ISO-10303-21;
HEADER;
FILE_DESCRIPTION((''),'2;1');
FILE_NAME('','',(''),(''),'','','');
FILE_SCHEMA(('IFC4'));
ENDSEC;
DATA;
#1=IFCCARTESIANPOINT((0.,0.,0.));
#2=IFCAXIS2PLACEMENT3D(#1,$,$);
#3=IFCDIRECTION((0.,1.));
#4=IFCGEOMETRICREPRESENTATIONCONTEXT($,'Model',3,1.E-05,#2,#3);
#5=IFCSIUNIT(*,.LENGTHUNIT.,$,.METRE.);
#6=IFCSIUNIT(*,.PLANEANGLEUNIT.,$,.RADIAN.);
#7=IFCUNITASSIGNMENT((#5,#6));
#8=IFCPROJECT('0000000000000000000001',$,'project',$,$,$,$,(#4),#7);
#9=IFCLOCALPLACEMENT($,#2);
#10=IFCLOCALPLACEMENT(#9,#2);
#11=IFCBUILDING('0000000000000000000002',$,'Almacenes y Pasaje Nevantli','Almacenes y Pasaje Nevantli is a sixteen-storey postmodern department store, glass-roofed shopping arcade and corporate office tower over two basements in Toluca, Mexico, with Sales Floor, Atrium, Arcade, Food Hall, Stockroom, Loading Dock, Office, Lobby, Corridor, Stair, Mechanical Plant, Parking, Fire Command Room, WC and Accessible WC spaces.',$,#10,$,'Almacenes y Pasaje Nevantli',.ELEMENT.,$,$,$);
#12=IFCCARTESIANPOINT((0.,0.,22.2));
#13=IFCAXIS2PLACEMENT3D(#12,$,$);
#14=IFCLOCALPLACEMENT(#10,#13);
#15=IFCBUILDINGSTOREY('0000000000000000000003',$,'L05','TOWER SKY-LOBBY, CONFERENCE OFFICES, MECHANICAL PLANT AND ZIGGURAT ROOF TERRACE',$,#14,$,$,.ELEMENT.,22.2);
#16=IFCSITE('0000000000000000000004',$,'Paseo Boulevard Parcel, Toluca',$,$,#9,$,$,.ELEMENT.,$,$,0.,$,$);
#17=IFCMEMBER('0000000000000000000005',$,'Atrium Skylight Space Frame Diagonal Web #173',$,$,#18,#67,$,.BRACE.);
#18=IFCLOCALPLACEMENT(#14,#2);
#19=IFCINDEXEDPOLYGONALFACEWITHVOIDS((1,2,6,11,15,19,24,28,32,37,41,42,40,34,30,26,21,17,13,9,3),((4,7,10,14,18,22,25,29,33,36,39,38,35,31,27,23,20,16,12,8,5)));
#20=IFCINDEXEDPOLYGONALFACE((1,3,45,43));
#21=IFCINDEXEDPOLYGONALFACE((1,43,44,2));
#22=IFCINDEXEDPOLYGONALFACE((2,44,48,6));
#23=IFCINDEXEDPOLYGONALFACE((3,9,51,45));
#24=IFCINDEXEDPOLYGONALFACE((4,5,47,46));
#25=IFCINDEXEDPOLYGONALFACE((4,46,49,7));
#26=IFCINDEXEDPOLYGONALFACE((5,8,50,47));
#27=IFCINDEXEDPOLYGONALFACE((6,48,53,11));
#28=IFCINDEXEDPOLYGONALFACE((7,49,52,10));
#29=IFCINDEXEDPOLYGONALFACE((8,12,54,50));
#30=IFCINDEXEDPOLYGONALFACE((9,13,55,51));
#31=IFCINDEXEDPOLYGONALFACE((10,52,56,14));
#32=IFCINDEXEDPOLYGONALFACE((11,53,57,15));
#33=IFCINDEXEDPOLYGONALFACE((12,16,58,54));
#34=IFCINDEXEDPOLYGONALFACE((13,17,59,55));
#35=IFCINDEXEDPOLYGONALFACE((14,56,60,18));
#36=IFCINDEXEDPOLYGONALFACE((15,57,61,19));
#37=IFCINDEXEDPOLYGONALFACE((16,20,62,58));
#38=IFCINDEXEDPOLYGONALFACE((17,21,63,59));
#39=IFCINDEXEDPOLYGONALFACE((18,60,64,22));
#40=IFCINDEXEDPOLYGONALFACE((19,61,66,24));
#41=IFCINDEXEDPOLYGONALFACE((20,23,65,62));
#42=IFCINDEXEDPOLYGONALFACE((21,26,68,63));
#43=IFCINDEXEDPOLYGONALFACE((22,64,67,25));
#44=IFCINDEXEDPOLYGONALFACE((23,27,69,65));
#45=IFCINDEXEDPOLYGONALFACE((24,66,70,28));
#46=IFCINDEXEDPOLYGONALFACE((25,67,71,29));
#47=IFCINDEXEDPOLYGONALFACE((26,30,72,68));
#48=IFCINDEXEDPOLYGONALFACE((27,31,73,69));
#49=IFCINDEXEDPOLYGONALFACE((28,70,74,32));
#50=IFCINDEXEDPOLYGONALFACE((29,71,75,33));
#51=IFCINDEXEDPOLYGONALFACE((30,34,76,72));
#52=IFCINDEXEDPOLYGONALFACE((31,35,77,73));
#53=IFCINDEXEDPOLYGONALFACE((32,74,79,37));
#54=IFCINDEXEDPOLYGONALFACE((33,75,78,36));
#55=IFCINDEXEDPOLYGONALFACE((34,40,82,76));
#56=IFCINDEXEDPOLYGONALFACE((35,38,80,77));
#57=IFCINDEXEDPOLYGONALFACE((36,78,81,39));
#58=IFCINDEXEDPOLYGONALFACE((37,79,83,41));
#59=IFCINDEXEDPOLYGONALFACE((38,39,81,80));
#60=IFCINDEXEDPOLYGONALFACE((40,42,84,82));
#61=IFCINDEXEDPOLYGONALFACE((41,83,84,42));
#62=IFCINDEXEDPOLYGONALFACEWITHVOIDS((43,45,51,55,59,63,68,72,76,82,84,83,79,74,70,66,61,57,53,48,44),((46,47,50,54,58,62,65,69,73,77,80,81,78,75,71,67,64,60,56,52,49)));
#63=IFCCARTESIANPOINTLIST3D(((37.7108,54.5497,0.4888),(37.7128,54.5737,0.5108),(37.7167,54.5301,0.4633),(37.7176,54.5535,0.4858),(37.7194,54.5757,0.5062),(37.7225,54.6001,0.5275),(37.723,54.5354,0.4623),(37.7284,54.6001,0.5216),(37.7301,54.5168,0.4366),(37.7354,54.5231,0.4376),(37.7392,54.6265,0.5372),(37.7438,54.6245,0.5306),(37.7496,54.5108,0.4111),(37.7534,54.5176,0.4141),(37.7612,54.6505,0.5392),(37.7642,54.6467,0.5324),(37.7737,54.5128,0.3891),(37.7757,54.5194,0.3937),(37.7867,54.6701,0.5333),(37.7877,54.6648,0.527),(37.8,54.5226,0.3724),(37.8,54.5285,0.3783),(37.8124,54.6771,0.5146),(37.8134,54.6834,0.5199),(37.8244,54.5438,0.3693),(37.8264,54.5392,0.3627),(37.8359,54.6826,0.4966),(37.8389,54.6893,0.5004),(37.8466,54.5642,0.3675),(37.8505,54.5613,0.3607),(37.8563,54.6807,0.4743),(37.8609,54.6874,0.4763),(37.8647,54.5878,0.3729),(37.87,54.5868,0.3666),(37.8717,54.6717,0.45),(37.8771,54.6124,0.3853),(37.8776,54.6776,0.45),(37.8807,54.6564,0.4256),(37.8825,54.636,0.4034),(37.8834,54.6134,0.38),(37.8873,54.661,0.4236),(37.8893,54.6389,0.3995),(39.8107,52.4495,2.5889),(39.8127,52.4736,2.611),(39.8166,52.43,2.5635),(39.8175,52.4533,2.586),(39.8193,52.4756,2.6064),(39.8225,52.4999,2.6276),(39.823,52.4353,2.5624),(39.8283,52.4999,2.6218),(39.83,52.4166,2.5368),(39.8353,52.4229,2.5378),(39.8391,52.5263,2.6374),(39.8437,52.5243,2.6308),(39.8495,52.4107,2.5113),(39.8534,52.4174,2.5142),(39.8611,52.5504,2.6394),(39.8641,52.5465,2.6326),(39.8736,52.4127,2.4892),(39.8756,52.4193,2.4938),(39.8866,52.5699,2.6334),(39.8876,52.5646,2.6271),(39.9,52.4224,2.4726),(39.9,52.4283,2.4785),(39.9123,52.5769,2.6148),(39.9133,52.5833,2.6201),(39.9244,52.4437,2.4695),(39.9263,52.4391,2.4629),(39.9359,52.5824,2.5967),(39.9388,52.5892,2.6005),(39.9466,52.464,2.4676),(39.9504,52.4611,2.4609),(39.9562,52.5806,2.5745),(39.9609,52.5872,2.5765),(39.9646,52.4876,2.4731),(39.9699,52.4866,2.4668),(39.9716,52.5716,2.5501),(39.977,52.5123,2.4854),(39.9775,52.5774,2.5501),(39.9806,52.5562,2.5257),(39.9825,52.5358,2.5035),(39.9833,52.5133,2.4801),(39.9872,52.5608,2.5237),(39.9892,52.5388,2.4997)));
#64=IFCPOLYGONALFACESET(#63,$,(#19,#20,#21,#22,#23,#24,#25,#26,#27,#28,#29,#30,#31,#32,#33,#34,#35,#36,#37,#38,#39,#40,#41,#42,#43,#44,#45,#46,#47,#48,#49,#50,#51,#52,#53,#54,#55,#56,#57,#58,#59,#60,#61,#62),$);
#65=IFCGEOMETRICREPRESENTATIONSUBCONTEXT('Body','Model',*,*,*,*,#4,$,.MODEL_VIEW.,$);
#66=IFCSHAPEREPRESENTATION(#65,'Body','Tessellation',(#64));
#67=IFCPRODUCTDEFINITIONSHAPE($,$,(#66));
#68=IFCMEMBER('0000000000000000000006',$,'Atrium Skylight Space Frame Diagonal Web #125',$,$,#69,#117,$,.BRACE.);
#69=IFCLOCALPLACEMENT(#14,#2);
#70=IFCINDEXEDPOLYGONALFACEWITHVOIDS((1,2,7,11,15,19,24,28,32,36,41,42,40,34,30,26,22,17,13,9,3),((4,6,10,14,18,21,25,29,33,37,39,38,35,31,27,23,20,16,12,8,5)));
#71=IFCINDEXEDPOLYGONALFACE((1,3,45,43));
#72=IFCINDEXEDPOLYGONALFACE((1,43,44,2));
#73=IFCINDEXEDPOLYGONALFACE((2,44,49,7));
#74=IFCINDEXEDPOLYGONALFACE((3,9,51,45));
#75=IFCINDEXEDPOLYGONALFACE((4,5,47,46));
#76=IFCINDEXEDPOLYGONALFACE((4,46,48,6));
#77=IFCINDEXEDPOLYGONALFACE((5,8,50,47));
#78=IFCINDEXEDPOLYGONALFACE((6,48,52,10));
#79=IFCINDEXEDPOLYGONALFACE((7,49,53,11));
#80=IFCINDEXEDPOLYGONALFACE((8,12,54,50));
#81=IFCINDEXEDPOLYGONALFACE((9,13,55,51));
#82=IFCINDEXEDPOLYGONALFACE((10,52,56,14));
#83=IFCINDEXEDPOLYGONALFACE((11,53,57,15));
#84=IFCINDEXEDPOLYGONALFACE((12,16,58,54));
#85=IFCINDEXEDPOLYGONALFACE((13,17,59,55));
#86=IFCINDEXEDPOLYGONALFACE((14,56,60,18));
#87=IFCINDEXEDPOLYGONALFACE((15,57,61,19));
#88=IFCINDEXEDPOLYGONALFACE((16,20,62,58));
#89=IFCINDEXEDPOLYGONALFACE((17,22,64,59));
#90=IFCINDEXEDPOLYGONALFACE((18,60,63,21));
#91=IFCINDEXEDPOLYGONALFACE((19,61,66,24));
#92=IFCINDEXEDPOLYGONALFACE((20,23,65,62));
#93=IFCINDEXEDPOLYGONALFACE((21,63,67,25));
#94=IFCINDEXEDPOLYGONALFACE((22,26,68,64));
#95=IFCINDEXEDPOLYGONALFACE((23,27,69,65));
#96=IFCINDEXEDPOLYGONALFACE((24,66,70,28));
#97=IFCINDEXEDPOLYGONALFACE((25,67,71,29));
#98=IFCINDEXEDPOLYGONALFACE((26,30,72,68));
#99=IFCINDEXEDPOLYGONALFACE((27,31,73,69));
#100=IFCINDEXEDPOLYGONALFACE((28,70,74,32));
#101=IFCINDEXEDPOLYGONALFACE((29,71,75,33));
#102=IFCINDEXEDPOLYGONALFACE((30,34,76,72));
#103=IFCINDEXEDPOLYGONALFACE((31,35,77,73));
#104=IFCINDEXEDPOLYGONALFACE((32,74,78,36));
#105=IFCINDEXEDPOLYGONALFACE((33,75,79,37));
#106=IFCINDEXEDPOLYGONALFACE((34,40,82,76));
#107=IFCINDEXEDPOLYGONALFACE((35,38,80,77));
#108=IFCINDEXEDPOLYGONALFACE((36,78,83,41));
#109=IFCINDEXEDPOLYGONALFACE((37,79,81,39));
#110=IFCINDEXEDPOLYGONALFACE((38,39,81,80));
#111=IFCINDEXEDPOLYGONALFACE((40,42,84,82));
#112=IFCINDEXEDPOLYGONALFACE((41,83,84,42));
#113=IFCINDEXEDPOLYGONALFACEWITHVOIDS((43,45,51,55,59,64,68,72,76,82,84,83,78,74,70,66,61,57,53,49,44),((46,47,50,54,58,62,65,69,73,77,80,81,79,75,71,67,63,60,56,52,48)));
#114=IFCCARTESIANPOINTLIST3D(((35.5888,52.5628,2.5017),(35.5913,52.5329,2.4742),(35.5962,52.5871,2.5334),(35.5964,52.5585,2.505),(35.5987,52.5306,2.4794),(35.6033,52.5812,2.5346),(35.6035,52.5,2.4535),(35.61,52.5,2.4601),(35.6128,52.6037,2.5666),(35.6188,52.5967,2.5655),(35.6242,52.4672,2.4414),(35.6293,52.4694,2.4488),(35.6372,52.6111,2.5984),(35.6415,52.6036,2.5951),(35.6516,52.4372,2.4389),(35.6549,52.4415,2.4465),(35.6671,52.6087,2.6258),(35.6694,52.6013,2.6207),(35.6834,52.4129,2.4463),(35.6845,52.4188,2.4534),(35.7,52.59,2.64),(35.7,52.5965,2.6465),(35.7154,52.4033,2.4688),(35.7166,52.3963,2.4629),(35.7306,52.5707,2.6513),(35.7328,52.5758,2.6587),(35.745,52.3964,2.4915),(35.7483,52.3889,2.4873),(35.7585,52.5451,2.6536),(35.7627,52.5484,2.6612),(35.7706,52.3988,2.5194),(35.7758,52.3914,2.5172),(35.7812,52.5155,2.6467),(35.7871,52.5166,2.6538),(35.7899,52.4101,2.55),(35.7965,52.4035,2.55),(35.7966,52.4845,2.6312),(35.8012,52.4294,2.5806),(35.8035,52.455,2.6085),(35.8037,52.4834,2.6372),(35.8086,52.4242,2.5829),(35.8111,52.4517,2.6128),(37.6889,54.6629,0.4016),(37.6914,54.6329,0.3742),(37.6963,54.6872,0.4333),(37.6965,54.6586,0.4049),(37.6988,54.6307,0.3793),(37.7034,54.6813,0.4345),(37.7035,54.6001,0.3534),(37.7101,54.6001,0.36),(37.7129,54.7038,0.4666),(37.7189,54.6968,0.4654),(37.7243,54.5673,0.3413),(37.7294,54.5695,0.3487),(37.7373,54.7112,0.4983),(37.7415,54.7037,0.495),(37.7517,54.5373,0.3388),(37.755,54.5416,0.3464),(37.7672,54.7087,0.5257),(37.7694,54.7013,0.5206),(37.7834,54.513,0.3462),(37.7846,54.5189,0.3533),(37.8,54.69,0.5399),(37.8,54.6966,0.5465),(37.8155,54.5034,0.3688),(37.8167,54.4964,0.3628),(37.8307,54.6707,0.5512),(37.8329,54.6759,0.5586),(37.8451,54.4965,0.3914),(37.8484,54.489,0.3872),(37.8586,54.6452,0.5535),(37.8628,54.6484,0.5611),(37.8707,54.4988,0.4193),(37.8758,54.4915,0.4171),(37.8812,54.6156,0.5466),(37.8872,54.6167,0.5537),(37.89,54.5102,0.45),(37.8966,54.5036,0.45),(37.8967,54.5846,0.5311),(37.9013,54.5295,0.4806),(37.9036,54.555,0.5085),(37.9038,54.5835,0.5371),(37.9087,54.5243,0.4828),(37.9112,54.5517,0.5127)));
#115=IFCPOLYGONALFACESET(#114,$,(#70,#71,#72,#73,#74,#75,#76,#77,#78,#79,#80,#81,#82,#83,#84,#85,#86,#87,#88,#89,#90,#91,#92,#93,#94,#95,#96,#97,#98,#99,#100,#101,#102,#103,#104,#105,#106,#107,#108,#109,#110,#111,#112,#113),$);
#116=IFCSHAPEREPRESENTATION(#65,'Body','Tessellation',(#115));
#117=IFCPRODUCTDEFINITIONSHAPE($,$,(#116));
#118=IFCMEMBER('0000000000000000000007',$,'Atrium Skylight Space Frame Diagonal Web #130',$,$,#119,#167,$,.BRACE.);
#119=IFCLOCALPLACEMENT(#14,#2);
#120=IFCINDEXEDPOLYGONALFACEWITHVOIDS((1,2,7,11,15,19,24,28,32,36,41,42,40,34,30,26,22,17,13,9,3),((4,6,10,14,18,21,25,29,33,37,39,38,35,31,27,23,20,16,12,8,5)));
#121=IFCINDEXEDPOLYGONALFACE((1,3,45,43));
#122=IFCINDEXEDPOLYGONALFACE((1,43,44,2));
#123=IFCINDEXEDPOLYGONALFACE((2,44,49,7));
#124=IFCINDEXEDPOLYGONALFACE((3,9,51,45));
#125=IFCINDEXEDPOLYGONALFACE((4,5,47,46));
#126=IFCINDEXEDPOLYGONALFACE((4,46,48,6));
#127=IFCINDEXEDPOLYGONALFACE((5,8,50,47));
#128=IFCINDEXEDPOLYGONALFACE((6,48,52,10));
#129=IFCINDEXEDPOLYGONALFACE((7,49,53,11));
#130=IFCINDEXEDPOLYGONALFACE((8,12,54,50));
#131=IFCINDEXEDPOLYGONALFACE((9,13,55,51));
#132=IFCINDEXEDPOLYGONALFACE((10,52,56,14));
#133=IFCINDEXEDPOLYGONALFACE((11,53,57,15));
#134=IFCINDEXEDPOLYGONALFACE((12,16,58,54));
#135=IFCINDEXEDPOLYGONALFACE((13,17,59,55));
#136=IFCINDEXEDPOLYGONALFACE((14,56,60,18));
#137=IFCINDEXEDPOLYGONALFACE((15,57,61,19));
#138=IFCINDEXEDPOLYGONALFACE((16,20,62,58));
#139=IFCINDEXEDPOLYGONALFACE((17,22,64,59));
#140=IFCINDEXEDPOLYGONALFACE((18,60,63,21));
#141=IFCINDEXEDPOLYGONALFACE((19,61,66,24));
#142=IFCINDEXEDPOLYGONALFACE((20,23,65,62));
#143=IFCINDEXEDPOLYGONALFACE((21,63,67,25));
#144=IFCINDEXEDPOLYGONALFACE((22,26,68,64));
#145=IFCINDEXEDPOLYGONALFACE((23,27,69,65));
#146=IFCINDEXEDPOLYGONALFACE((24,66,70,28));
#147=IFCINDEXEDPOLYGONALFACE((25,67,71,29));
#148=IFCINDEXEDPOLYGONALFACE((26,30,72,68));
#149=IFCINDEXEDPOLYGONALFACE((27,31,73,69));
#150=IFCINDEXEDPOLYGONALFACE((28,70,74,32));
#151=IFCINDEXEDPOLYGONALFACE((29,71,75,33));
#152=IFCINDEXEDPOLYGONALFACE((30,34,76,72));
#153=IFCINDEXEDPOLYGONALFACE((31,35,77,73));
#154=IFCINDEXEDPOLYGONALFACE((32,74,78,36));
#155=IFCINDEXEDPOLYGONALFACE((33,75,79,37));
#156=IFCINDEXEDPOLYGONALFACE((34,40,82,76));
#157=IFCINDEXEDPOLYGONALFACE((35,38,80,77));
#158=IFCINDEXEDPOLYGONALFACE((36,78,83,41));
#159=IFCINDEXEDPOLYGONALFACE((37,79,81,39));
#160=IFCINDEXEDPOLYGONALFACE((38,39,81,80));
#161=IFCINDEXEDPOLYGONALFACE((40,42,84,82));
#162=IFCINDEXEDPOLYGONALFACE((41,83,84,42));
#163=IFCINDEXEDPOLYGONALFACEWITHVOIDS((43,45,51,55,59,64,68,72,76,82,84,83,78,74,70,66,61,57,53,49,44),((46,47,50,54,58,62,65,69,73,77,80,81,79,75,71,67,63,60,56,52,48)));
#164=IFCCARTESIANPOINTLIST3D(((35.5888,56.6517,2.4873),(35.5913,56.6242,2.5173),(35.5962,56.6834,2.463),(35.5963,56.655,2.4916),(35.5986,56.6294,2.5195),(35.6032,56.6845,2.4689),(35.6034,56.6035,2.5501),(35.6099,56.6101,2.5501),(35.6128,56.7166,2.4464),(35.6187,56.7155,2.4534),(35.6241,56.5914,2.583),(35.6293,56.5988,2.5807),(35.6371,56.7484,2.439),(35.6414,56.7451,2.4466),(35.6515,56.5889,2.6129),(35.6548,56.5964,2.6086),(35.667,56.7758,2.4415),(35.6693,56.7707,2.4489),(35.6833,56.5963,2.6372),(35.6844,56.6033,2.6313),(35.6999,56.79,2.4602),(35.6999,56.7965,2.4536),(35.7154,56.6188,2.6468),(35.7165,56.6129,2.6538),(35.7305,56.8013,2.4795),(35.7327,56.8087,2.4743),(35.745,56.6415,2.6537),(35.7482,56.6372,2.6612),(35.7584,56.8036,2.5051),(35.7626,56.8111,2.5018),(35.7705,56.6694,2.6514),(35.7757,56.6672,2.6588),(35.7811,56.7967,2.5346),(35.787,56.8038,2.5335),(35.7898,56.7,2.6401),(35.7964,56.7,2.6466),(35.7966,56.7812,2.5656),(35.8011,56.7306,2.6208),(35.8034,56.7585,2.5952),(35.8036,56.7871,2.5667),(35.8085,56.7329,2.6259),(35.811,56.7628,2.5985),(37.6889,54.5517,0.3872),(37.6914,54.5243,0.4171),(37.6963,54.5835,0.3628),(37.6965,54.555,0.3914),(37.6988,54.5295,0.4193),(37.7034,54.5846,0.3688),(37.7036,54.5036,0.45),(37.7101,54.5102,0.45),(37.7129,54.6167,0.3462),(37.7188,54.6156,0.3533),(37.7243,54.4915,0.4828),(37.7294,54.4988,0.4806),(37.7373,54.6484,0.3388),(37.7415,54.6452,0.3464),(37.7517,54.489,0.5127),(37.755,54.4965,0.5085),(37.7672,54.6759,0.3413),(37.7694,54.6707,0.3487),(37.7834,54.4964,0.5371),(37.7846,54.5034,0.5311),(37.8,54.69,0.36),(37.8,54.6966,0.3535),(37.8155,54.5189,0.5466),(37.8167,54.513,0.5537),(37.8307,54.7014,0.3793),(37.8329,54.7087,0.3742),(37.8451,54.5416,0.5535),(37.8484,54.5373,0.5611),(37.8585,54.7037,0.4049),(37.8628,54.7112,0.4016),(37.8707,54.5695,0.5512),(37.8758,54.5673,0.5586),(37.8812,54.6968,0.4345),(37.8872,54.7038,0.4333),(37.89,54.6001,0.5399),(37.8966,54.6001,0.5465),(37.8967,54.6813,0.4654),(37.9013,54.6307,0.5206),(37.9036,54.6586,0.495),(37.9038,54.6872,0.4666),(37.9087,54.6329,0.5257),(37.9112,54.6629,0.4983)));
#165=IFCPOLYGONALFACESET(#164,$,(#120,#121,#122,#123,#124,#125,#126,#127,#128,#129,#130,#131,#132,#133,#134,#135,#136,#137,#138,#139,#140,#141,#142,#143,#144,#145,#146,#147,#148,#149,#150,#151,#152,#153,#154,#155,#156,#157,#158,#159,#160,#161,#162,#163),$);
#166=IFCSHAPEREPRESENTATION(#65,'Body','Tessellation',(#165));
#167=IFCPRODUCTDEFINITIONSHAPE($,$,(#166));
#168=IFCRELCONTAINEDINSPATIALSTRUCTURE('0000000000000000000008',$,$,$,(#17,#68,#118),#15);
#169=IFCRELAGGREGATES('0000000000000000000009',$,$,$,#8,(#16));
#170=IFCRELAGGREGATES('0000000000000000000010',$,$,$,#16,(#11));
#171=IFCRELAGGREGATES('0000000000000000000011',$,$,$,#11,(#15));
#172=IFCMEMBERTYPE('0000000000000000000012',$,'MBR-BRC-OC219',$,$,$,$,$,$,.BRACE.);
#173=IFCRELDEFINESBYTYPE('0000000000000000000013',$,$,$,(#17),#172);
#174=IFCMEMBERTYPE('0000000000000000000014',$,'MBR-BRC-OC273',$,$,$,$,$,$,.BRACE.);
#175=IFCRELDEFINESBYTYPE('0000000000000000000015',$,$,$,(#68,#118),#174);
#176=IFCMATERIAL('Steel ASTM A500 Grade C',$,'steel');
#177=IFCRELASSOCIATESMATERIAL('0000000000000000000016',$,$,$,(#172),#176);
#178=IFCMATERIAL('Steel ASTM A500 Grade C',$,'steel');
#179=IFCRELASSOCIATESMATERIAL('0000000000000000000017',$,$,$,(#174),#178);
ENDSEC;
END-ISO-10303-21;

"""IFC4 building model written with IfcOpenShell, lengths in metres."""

from ifc_helpers import new_model, si_unit, direction, frame, origin, origin_2d, place, context, subcontext, project, spatial, hollow_circle, extrude, material, material_profile, profile_set, type_object, element, save


model = new_model("IFC4")

# Units and contexts
model_context = context("Model", 3, precision=1e-05, world=origin(), true_north=direction((0.0, 1.0)))
body_context = subcontext(model_context, "Body", "Model", "MODEL_VIEW")
ifc_project = project(units=[si_unit("LENGTHUNIT", "METRE"), si_unit("PLANEANGLEUNIT", "RADIAN")], contexts=[model_context])

# Site, building, storey
site_placement = place(None, origin())
site = spatial("IfcSite", under=ifc_project, at=site_placement, Name="Paseo Boulevard Parcel, Toluca", CompositionType="ELEMENT", RefElevation=0.0)
building_placement = place(site_placement, origin())
building = spatial("IfcBuilding", under=site, at=building_placement, Name="Almacenes y Pasaje Nevantli", Description="Almacenes y Pasaje Nevantli is a sixteen-storey postmodern department store, glass-roofed shopping arcade and corporate office tower over two basements in Toluca, Mexico, with Sales Floor, Atrium, Arcade, Food Hall, Stockroom, Loading Dock, Office, Lobby, Corridor, Stair, Mechanical Plant, Parking, Fire Command Room, WC and Accessible WC spaces.", LongName="Almacenes y Pasaje Nevantli", CompositionType="ELEMENT")
storey_placement = place(building_placement, frame((0.0, 0.0, 22.2)))
storey = spatial("IfcBuildingStorey", under=building, at=storey_placement, Name="L05", Description="TOWER SKY-LOBBY, CONFERENCE OFFICES, MECHANICAL PLANT AND ZIGGURAT ROOF TERRACE", CompositionType="ELEMENT", Elevation=22.2)

# Members
ifc_material_1 = material(Name="Steel ASTM A500 Grade C", Category="steel")
ifc_material_profile_1 = material_profile(ifc_material_1, hollow_circle(Radius=0.1096, WallThickness=0.0083, at=origin_2d()), Name="OC 219x8.2")
ifc_profile_set_1 = profile_set([ifc_material_profile_1], Name="Steel ASTM A500 Grade C")
member_type_1 = type_object("IfcMemberType", Name="MBR-BRC-OC219", PredefinedType="BRACE", material=ifc_profile_set_1)
member_1_placement = place(storey_placement, frame((37.8, 54.6001, 0.45), z_axis=(0.577306, -0.577373, 0.577373), x_axis=(0.707148, 0.707066, 0.0)))
element("IfcMember", 1, at=member_1_placement, inside=storey, type_object=member_type_1, Name="Atrium Skylight Space Frame Diagonal Web #173", PredefinedType="BRACE", context=body_context, shape_type="SweptSolid", body=[
    extrude(hollow_circle(Radius=0.1096, WallThickness=0.0083, at=origin_2d()), origin(), (0.0, 0.0, 1.0), 3.6375),
])
ifc_material_2 = material(Name="Steel ASTM A500 Grade C", Category="steel")
ifc_material_profile_2 = material_profile(ifc_material_2, hollow_circle(Radius=0.1365, WallThickness=0.0093, at=origin_2d()), Name="OC 273x9.3")
ifc_profile_set_2 = profile_set([ifc_material_profile_2], Name="Steel ASTM A500 Grade C")
member_type_2 = type_object("IfcMemberType", Name="MBR-BRC-OC273", PredefinedType="BRACE", material=ifc_profile_set_2)
for number, where, z_axis, x_axis, name in (
    (2, (37.8, 54.6001, 0.45), (-0.57735, -0.57735, 0.57735), (0.707107, -0.707107, 0.0), "Atrium Skylight Space Frame Diagonal Web #125"),
    (3, (37.8, 54.6001, 0.45), (-0.577373, 0.577306, 0.577373), (-0.707066, -0.707148, 0.0), "Atrium Skylight Space Frame Diagonal Web #130"),
):
    element("IfcMember", number, at=place(storey_placement, frame(where, z_axis=z_axis, x_axis=x_axis)), inside=storey, type_object=member_type_2, Name=name, PredefinedType="BRACE", context=body_context, shape_type="SweptSolid", body=[
        extrude(hollow_circle(Radius=0.1365, WallThickness=0.0093, at=origin_2d()), origin(), (0.0, 0.0, 1.0), 3.6375),
    ])

save(model, "model.ifc")
